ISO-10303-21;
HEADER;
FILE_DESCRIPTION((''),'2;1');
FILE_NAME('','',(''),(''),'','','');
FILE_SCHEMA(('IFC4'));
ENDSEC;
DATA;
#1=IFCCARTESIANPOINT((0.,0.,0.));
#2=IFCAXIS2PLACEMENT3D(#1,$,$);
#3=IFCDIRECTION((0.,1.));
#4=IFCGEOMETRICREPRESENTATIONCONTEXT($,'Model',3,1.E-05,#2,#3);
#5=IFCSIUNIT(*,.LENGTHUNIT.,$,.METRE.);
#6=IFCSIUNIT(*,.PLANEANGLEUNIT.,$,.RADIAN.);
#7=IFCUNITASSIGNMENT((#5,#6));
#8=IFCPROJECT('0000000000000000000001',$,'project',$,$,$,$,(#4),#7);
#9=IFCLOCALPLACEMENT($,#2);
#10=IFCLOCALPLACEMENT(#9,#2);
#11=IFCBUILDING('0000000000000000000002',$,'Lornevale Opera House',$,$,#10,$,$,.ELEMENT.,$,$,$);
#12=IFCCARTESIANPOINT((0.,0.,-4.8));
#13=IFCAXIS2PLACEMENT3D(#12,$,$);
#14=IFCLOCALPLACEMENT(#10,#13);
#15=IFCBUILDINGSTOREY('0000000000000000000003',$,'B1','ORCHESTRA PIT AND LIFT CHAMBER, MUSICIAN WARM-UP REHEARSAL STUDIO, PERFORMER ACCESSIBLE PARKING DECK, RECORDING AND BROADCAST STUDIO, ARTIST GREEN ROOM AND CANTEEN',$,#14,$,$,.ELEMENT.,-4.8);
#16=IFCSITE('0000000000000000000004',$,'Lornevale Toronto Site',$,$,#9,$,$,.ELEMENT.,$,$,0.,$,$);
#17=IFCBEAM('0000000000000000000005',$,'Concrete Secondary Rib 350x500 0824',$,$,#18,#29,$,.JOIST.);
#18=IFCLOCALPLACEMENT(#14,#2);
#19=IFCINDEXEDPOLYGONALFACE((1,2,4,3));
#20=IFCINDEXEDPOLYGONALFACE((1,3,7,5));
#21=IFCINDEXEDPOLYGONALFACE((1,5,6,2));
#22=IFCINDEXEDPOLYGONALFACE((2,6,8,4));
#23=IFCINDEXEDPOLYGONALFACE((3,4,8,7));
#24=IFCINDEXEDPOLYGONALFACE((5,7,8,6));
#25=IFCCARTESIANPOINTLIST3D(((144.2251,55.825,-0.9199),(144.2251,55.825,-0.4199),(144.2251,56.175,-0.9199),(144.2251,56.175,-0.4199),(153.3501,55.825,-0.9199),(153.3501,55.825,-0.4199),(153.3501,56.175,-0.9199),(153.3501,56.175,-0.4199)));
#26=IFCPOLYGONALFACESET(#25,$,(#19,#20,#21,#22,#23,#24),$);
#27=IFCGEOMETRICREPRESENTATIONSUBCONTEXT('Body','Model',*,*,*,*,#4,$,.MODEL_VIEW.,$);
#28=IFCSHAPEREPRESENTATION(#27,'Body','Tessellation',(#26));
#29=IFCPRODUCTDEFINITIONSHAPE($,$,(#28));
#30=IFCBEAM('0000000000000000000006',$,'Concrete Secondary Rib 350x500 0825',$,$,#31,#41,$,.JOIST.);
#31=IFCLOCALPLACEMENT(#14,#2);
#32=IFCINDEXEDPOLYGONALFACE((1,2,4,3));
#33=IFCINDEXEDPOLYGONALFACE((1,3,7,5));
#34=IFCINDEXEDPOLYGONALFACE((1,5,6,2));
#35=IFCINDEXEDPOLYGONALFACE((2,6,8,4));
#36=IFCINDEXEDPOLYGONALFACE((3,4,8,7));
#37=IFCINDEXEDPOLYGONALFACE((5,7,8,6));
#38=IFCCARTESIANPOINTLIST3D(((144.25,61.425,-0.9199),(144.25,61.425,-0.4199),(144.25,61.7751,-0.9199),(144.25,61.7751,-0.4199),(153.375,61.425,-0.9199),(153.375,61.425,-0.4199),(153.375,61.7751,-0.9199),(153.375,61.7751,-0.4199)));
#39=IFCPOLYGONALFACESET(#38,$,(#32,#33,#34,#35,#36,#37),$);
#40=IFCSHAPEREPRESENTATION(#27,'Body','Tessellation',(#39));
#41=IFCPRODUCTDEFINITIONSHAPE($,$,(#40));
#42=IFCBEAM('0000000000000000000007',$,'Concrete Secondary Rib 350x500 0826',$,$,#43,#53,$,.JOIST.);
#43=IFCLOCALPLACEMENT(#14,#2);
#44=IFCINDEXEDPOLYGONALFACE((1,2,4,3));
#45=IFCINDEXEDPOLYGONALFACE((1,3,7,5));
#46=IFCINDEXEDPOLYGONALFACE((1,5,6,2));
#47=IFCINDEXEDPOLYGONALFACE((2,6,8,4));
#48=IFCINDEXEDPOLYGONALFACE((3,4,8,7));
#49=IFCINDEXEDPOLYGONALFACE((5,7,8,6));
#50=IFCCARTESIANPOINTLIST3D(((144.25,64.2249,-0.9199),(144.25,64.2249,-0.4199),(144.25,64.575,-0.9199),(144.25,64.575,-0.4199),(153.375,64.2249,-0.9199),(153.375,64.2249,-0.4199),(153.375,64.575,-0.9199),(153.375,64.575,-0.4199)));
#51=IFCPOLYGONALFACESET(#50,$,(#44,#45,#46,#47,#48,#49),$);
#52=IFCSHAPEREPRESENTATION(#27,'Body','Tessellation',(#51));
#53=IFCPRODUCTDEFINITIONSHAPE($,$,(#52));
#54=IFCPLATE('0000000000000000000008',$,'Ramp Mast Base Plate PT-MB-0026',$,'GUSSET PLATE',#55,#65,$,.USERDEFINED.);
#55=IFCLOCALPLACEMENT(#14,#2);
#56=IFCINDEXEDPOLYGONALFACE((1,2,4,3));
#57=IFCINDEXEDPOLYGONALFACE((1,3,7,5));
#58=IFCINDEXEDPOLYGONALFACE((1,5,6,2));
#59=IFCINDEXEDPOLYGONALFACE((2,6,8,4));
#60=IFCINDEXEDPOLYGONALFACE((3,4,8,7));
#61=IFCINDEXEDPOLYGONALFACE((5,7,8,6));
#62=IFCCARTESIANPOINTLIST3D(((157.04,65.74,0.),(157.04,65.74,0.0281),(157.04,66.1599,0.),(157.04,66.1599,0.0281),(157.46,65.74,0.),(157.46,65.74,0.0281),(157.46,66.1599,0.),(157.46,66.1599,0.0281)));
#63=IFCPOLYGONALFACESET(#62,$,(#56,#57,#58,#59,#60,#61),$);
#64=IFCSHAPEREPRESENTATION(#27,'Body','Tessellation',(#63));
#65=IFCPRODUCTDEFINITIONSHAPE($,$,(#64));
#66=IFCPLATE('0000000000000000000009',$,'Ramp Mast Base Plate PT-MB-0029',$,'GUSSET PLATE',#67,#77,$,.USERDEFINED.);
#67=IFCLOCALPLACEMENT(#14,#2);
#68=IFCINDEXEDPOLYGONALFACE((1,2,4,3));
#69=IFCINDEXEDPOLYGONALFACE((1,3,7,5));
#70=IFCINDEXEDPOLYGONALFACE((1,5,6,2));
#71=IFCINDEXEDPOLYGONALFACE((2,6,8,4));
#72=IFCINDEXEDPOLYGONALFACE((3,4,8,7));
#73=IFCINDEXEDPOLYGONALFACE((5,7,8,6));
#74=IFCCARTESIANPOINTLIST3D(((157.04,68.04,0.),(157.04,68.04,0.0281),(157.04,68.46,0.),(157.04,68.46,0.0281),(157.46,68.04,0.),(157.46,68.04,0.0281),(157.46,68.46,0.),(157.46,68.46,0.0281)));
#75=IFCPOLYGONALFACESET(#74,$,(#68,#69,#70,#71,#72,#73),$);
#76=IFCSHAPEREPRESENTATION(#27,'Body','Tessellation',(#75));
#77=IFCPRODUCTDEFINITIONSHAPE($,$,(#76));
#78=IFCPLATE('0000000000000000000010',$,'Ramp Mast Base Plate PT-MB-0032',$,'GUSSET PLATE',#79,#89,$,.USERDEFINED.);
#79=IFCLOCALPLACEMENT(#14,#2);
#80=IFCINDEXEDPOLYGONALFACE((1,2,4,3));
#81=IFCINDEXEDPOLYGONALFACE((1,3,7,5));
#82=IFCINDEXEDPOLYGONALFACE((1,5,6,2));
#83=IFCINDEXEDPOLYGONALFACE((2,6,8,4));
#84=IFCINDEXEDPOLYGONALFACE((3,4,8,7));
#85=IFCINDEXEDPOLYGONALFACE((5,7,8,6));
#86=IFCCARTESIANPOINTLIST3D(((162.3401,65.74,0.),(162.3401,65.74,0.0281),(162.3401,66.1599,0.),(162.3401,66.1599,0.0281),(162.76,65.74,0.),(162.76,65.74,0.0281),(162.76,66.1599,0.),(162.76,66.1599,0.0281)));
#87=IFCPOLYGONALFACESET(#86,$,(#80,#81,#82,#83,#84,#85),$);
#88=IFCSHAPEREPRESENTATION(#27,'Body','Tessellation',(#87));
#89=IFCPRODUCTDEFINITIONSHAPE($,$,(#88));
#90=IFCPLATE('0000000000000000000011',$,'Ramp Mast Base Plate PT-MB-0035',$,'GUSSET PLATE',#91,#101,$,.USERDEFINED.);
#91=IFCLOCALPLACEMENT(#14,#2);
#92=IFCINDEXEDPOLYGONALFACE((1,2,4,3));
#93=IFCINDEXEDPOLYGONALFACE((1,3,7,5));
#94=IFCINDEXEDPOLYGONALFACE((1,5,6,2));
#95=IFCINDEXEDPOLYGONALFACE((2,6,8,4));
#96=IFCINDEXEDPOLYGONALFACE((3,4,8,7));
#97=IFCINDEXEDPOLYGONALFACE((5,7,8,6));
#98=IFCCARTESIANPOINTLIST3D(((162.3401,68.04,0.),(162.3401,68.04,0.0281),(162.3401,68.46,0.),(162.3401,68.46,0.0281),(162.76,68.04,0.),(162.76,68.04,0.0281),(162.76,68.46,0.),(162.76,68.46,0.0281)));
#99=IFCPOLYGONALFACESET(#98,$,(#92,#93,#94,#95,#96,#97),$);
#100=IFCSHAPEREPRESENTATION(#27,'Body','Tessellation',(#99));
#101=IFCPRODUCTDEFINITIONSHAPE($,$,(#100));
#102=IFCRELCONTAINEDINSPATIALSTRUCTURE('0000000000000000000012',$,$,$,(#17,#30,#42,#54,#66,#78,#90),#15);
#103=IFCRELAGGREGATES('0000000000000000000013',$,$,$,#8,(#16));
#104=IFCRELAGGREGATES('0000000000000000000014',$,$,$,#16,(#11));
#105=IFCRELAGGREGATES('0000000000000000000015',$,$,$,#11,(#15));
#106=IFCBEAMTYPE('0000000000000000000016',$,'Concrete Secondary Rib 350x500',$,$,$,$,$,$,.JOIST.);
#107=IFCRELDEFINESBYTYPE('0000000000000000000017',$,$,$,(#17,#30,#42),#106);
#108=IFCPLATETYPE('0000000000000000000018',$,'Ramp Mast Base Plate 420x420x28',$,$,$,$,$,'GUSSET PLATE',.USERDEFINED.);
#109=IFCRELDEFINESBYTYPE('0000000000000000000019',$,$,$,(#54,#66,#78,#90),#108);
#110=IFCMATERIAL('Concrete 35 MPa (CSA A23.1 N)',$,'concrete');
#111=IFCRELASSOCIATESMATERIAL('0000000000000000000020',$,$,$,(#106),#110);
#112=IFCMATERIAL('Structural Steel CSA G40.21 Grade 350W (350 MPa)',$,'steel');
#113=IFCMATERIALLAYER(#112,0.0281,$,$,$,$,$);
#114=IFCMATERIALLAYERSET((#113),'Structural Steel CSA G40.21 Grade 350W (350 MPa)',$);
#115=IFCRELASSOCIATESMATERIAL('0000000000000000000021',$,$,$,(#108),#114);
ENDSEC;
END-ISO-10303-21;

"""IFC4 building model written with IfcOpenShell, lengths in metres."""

from ifc_helpers import new_model, si_unit, direction, frame, origin, origin_2d, place, context, subcontext, project, spatial, rectangle, extrude, material, layer, layer_set, material_profile, profile_set, type_object, element, save


model = new_model("IFC4")

# Units and contexts
model_context = context("Model", 3, precision=1e-05, world=origin(), true_north=direction((0.0, 1.0)))
body_context = subcontext(model_context, "Body", "Model", "MODEL_VIEW")
ifc_project = project(units=[si_unit("LENGTHUNIT", "METRE"), si_unit("PLANEANGLEUNIT", "RADIAN")], contexts=[model_context])

# Site, building, storey
site_placement = place(None, origin())
site = spatial("IfcSite", under=ifc_project, at=site_placement, Name="Lornevale Toronto Site", CompositionType="ELEMENT", RefElevation=0.0)
building_placement = place(site_placement, origin())
building = spatial("IfcBuilding", under=site, at=building_placement, Name="Lornevale Opera House", CompositionType="ELEMENT")
storey_placement = place(building_placement, frame((0.0, 0.0, -4.8)))
storey = spatial("IfcBuildingStorey", under=building, at=storey_placement, Name="B1", Description="ORCHESTRA PIT AND LIFT CHAMBER, MUSICIAN WARM-UP REHEARSAL STUDIO, PERFORMER ACCESSIBLE PARKING DECK, RECORDING AND BROADCAST STUDIO, ARTIST GREEN ROOM AND CANTEEN", CompositionType="ELEMENT", Elevation=-4.8)

# Shared definitions
ifc_material_1 = material(Name="Structural Steel CSA G40.21 Grade 350W (350 MPa)", Category="steel")

# Beams
ifc_material_2 = material(Name="Concrete 35 MPa (CSA A23.1 N)", Category="concrete")
ifc_material_profile_1 = material_profile(ifc_material_2, rectangle(XDim=0.3501, YDim=0.5, at=origin_2d()), Name="RC350x500")
ifc_profile_set_1 = profile_set([ifc_material_profile_1], Name="Concrete 35 MPa (CSA A23.1 N)")
beam_type_1 = type_object("IfcBeamType", Name="Concrete Secondary Rib 350x500", PredefinedType="JOIST", material=ifc_profile_set_1)
for number, where, z_axis, x_axis, name in (
    (1, (144.2251, 56.0, -0.6699), (1.0, 0.0, 0.0), (0.0, 1.0, 0.0), "Concrete Secondary Rib 350x500 0824"),
    (2, (144.25, 61.6001, -0.6699), (1.0, 0.0, 0.0), (0.0, 1.0, 0.0), "Concrete Secondary Rib 350x500 0825"),
    (3, (144.25, 64.3999, -0.6699), (1.0, 0.0, 0.0), (0.0, 1.0, 0.0), "Concrete Secondary Rib 350x500 0826"),
):
    element("IfcBeam", number, at=place(storey_placement, frame(where, z_axis=z_axis, x_axis=x_axis)), inside=storey, type_object=beam_type_1, Name=name, PredefinedType="JOIST", context=body_context, shape_type="SweptSolid", body=[
        extrude(rectangle(XDim=0.3501, YDim=0.5, at=origin_2d()), origin(), (0.0, 0.0, 1.0), 9.125),
    ])

# Plates
ifc_layer = layer(ifc_material_1, 0.0281)
ifc_layer_set = layer_set([ifc_layer], Name="Structural Steel CSA G40.21 Grade 350W (350 MPa)")
plate_type = type_object("IfcPlateType", Name="Ramp Mast Base Plate 420x420x28", ElementType="GUSSET PLATE", PredefinedType="USERDEFINED", material=ifc_layer_set)
for number, where, z_axis, x_axis, name in (
    (4, (157.25, 65.95, 0.0), (0.0, 0.0, 1.0), (1.0, 0.0, 0.0), "Ramp Mast Base Plate PT-MB-0026"),
    (5, (157.25, 68.25, 0.0), (0.0, 0.0, 1.0), (1.0, 0.0, 0.0), "Ramp Mast Base Plate PT-MB-0029"),
    (6, (162.55, 65.95, 0.0), (0.0, 0.0, 1.0), (1.0, 0.0, 0.0), "Ramp Mast Base Plate PT-MB-0032"),
    (7, (162.55, 68.25, 0.0), (0.0, 0.0, 1.0), (1.0, 0.0, 0.0), "Ramp Mast Base Plate PT-MB-0035"),
):
    element("IfcPlate", number, at=place(storey_placement, frame(where, z_axis=z_axis, x_axis=x_axis)), inside=storey, type_object=plate_type, Name=name, ObjectType="GUSSET PLATE", PredefinedType="USERDEFINED", context=body_context, shape_type="SweptSolid", body=[
        extrude(rectangle(XDim=0.4199, YDim=0.4199, at=origin_2d()), origin(), (0.0, 0.0, 1.0), 0.0281),
    ])

save(model, "model.ifc")
